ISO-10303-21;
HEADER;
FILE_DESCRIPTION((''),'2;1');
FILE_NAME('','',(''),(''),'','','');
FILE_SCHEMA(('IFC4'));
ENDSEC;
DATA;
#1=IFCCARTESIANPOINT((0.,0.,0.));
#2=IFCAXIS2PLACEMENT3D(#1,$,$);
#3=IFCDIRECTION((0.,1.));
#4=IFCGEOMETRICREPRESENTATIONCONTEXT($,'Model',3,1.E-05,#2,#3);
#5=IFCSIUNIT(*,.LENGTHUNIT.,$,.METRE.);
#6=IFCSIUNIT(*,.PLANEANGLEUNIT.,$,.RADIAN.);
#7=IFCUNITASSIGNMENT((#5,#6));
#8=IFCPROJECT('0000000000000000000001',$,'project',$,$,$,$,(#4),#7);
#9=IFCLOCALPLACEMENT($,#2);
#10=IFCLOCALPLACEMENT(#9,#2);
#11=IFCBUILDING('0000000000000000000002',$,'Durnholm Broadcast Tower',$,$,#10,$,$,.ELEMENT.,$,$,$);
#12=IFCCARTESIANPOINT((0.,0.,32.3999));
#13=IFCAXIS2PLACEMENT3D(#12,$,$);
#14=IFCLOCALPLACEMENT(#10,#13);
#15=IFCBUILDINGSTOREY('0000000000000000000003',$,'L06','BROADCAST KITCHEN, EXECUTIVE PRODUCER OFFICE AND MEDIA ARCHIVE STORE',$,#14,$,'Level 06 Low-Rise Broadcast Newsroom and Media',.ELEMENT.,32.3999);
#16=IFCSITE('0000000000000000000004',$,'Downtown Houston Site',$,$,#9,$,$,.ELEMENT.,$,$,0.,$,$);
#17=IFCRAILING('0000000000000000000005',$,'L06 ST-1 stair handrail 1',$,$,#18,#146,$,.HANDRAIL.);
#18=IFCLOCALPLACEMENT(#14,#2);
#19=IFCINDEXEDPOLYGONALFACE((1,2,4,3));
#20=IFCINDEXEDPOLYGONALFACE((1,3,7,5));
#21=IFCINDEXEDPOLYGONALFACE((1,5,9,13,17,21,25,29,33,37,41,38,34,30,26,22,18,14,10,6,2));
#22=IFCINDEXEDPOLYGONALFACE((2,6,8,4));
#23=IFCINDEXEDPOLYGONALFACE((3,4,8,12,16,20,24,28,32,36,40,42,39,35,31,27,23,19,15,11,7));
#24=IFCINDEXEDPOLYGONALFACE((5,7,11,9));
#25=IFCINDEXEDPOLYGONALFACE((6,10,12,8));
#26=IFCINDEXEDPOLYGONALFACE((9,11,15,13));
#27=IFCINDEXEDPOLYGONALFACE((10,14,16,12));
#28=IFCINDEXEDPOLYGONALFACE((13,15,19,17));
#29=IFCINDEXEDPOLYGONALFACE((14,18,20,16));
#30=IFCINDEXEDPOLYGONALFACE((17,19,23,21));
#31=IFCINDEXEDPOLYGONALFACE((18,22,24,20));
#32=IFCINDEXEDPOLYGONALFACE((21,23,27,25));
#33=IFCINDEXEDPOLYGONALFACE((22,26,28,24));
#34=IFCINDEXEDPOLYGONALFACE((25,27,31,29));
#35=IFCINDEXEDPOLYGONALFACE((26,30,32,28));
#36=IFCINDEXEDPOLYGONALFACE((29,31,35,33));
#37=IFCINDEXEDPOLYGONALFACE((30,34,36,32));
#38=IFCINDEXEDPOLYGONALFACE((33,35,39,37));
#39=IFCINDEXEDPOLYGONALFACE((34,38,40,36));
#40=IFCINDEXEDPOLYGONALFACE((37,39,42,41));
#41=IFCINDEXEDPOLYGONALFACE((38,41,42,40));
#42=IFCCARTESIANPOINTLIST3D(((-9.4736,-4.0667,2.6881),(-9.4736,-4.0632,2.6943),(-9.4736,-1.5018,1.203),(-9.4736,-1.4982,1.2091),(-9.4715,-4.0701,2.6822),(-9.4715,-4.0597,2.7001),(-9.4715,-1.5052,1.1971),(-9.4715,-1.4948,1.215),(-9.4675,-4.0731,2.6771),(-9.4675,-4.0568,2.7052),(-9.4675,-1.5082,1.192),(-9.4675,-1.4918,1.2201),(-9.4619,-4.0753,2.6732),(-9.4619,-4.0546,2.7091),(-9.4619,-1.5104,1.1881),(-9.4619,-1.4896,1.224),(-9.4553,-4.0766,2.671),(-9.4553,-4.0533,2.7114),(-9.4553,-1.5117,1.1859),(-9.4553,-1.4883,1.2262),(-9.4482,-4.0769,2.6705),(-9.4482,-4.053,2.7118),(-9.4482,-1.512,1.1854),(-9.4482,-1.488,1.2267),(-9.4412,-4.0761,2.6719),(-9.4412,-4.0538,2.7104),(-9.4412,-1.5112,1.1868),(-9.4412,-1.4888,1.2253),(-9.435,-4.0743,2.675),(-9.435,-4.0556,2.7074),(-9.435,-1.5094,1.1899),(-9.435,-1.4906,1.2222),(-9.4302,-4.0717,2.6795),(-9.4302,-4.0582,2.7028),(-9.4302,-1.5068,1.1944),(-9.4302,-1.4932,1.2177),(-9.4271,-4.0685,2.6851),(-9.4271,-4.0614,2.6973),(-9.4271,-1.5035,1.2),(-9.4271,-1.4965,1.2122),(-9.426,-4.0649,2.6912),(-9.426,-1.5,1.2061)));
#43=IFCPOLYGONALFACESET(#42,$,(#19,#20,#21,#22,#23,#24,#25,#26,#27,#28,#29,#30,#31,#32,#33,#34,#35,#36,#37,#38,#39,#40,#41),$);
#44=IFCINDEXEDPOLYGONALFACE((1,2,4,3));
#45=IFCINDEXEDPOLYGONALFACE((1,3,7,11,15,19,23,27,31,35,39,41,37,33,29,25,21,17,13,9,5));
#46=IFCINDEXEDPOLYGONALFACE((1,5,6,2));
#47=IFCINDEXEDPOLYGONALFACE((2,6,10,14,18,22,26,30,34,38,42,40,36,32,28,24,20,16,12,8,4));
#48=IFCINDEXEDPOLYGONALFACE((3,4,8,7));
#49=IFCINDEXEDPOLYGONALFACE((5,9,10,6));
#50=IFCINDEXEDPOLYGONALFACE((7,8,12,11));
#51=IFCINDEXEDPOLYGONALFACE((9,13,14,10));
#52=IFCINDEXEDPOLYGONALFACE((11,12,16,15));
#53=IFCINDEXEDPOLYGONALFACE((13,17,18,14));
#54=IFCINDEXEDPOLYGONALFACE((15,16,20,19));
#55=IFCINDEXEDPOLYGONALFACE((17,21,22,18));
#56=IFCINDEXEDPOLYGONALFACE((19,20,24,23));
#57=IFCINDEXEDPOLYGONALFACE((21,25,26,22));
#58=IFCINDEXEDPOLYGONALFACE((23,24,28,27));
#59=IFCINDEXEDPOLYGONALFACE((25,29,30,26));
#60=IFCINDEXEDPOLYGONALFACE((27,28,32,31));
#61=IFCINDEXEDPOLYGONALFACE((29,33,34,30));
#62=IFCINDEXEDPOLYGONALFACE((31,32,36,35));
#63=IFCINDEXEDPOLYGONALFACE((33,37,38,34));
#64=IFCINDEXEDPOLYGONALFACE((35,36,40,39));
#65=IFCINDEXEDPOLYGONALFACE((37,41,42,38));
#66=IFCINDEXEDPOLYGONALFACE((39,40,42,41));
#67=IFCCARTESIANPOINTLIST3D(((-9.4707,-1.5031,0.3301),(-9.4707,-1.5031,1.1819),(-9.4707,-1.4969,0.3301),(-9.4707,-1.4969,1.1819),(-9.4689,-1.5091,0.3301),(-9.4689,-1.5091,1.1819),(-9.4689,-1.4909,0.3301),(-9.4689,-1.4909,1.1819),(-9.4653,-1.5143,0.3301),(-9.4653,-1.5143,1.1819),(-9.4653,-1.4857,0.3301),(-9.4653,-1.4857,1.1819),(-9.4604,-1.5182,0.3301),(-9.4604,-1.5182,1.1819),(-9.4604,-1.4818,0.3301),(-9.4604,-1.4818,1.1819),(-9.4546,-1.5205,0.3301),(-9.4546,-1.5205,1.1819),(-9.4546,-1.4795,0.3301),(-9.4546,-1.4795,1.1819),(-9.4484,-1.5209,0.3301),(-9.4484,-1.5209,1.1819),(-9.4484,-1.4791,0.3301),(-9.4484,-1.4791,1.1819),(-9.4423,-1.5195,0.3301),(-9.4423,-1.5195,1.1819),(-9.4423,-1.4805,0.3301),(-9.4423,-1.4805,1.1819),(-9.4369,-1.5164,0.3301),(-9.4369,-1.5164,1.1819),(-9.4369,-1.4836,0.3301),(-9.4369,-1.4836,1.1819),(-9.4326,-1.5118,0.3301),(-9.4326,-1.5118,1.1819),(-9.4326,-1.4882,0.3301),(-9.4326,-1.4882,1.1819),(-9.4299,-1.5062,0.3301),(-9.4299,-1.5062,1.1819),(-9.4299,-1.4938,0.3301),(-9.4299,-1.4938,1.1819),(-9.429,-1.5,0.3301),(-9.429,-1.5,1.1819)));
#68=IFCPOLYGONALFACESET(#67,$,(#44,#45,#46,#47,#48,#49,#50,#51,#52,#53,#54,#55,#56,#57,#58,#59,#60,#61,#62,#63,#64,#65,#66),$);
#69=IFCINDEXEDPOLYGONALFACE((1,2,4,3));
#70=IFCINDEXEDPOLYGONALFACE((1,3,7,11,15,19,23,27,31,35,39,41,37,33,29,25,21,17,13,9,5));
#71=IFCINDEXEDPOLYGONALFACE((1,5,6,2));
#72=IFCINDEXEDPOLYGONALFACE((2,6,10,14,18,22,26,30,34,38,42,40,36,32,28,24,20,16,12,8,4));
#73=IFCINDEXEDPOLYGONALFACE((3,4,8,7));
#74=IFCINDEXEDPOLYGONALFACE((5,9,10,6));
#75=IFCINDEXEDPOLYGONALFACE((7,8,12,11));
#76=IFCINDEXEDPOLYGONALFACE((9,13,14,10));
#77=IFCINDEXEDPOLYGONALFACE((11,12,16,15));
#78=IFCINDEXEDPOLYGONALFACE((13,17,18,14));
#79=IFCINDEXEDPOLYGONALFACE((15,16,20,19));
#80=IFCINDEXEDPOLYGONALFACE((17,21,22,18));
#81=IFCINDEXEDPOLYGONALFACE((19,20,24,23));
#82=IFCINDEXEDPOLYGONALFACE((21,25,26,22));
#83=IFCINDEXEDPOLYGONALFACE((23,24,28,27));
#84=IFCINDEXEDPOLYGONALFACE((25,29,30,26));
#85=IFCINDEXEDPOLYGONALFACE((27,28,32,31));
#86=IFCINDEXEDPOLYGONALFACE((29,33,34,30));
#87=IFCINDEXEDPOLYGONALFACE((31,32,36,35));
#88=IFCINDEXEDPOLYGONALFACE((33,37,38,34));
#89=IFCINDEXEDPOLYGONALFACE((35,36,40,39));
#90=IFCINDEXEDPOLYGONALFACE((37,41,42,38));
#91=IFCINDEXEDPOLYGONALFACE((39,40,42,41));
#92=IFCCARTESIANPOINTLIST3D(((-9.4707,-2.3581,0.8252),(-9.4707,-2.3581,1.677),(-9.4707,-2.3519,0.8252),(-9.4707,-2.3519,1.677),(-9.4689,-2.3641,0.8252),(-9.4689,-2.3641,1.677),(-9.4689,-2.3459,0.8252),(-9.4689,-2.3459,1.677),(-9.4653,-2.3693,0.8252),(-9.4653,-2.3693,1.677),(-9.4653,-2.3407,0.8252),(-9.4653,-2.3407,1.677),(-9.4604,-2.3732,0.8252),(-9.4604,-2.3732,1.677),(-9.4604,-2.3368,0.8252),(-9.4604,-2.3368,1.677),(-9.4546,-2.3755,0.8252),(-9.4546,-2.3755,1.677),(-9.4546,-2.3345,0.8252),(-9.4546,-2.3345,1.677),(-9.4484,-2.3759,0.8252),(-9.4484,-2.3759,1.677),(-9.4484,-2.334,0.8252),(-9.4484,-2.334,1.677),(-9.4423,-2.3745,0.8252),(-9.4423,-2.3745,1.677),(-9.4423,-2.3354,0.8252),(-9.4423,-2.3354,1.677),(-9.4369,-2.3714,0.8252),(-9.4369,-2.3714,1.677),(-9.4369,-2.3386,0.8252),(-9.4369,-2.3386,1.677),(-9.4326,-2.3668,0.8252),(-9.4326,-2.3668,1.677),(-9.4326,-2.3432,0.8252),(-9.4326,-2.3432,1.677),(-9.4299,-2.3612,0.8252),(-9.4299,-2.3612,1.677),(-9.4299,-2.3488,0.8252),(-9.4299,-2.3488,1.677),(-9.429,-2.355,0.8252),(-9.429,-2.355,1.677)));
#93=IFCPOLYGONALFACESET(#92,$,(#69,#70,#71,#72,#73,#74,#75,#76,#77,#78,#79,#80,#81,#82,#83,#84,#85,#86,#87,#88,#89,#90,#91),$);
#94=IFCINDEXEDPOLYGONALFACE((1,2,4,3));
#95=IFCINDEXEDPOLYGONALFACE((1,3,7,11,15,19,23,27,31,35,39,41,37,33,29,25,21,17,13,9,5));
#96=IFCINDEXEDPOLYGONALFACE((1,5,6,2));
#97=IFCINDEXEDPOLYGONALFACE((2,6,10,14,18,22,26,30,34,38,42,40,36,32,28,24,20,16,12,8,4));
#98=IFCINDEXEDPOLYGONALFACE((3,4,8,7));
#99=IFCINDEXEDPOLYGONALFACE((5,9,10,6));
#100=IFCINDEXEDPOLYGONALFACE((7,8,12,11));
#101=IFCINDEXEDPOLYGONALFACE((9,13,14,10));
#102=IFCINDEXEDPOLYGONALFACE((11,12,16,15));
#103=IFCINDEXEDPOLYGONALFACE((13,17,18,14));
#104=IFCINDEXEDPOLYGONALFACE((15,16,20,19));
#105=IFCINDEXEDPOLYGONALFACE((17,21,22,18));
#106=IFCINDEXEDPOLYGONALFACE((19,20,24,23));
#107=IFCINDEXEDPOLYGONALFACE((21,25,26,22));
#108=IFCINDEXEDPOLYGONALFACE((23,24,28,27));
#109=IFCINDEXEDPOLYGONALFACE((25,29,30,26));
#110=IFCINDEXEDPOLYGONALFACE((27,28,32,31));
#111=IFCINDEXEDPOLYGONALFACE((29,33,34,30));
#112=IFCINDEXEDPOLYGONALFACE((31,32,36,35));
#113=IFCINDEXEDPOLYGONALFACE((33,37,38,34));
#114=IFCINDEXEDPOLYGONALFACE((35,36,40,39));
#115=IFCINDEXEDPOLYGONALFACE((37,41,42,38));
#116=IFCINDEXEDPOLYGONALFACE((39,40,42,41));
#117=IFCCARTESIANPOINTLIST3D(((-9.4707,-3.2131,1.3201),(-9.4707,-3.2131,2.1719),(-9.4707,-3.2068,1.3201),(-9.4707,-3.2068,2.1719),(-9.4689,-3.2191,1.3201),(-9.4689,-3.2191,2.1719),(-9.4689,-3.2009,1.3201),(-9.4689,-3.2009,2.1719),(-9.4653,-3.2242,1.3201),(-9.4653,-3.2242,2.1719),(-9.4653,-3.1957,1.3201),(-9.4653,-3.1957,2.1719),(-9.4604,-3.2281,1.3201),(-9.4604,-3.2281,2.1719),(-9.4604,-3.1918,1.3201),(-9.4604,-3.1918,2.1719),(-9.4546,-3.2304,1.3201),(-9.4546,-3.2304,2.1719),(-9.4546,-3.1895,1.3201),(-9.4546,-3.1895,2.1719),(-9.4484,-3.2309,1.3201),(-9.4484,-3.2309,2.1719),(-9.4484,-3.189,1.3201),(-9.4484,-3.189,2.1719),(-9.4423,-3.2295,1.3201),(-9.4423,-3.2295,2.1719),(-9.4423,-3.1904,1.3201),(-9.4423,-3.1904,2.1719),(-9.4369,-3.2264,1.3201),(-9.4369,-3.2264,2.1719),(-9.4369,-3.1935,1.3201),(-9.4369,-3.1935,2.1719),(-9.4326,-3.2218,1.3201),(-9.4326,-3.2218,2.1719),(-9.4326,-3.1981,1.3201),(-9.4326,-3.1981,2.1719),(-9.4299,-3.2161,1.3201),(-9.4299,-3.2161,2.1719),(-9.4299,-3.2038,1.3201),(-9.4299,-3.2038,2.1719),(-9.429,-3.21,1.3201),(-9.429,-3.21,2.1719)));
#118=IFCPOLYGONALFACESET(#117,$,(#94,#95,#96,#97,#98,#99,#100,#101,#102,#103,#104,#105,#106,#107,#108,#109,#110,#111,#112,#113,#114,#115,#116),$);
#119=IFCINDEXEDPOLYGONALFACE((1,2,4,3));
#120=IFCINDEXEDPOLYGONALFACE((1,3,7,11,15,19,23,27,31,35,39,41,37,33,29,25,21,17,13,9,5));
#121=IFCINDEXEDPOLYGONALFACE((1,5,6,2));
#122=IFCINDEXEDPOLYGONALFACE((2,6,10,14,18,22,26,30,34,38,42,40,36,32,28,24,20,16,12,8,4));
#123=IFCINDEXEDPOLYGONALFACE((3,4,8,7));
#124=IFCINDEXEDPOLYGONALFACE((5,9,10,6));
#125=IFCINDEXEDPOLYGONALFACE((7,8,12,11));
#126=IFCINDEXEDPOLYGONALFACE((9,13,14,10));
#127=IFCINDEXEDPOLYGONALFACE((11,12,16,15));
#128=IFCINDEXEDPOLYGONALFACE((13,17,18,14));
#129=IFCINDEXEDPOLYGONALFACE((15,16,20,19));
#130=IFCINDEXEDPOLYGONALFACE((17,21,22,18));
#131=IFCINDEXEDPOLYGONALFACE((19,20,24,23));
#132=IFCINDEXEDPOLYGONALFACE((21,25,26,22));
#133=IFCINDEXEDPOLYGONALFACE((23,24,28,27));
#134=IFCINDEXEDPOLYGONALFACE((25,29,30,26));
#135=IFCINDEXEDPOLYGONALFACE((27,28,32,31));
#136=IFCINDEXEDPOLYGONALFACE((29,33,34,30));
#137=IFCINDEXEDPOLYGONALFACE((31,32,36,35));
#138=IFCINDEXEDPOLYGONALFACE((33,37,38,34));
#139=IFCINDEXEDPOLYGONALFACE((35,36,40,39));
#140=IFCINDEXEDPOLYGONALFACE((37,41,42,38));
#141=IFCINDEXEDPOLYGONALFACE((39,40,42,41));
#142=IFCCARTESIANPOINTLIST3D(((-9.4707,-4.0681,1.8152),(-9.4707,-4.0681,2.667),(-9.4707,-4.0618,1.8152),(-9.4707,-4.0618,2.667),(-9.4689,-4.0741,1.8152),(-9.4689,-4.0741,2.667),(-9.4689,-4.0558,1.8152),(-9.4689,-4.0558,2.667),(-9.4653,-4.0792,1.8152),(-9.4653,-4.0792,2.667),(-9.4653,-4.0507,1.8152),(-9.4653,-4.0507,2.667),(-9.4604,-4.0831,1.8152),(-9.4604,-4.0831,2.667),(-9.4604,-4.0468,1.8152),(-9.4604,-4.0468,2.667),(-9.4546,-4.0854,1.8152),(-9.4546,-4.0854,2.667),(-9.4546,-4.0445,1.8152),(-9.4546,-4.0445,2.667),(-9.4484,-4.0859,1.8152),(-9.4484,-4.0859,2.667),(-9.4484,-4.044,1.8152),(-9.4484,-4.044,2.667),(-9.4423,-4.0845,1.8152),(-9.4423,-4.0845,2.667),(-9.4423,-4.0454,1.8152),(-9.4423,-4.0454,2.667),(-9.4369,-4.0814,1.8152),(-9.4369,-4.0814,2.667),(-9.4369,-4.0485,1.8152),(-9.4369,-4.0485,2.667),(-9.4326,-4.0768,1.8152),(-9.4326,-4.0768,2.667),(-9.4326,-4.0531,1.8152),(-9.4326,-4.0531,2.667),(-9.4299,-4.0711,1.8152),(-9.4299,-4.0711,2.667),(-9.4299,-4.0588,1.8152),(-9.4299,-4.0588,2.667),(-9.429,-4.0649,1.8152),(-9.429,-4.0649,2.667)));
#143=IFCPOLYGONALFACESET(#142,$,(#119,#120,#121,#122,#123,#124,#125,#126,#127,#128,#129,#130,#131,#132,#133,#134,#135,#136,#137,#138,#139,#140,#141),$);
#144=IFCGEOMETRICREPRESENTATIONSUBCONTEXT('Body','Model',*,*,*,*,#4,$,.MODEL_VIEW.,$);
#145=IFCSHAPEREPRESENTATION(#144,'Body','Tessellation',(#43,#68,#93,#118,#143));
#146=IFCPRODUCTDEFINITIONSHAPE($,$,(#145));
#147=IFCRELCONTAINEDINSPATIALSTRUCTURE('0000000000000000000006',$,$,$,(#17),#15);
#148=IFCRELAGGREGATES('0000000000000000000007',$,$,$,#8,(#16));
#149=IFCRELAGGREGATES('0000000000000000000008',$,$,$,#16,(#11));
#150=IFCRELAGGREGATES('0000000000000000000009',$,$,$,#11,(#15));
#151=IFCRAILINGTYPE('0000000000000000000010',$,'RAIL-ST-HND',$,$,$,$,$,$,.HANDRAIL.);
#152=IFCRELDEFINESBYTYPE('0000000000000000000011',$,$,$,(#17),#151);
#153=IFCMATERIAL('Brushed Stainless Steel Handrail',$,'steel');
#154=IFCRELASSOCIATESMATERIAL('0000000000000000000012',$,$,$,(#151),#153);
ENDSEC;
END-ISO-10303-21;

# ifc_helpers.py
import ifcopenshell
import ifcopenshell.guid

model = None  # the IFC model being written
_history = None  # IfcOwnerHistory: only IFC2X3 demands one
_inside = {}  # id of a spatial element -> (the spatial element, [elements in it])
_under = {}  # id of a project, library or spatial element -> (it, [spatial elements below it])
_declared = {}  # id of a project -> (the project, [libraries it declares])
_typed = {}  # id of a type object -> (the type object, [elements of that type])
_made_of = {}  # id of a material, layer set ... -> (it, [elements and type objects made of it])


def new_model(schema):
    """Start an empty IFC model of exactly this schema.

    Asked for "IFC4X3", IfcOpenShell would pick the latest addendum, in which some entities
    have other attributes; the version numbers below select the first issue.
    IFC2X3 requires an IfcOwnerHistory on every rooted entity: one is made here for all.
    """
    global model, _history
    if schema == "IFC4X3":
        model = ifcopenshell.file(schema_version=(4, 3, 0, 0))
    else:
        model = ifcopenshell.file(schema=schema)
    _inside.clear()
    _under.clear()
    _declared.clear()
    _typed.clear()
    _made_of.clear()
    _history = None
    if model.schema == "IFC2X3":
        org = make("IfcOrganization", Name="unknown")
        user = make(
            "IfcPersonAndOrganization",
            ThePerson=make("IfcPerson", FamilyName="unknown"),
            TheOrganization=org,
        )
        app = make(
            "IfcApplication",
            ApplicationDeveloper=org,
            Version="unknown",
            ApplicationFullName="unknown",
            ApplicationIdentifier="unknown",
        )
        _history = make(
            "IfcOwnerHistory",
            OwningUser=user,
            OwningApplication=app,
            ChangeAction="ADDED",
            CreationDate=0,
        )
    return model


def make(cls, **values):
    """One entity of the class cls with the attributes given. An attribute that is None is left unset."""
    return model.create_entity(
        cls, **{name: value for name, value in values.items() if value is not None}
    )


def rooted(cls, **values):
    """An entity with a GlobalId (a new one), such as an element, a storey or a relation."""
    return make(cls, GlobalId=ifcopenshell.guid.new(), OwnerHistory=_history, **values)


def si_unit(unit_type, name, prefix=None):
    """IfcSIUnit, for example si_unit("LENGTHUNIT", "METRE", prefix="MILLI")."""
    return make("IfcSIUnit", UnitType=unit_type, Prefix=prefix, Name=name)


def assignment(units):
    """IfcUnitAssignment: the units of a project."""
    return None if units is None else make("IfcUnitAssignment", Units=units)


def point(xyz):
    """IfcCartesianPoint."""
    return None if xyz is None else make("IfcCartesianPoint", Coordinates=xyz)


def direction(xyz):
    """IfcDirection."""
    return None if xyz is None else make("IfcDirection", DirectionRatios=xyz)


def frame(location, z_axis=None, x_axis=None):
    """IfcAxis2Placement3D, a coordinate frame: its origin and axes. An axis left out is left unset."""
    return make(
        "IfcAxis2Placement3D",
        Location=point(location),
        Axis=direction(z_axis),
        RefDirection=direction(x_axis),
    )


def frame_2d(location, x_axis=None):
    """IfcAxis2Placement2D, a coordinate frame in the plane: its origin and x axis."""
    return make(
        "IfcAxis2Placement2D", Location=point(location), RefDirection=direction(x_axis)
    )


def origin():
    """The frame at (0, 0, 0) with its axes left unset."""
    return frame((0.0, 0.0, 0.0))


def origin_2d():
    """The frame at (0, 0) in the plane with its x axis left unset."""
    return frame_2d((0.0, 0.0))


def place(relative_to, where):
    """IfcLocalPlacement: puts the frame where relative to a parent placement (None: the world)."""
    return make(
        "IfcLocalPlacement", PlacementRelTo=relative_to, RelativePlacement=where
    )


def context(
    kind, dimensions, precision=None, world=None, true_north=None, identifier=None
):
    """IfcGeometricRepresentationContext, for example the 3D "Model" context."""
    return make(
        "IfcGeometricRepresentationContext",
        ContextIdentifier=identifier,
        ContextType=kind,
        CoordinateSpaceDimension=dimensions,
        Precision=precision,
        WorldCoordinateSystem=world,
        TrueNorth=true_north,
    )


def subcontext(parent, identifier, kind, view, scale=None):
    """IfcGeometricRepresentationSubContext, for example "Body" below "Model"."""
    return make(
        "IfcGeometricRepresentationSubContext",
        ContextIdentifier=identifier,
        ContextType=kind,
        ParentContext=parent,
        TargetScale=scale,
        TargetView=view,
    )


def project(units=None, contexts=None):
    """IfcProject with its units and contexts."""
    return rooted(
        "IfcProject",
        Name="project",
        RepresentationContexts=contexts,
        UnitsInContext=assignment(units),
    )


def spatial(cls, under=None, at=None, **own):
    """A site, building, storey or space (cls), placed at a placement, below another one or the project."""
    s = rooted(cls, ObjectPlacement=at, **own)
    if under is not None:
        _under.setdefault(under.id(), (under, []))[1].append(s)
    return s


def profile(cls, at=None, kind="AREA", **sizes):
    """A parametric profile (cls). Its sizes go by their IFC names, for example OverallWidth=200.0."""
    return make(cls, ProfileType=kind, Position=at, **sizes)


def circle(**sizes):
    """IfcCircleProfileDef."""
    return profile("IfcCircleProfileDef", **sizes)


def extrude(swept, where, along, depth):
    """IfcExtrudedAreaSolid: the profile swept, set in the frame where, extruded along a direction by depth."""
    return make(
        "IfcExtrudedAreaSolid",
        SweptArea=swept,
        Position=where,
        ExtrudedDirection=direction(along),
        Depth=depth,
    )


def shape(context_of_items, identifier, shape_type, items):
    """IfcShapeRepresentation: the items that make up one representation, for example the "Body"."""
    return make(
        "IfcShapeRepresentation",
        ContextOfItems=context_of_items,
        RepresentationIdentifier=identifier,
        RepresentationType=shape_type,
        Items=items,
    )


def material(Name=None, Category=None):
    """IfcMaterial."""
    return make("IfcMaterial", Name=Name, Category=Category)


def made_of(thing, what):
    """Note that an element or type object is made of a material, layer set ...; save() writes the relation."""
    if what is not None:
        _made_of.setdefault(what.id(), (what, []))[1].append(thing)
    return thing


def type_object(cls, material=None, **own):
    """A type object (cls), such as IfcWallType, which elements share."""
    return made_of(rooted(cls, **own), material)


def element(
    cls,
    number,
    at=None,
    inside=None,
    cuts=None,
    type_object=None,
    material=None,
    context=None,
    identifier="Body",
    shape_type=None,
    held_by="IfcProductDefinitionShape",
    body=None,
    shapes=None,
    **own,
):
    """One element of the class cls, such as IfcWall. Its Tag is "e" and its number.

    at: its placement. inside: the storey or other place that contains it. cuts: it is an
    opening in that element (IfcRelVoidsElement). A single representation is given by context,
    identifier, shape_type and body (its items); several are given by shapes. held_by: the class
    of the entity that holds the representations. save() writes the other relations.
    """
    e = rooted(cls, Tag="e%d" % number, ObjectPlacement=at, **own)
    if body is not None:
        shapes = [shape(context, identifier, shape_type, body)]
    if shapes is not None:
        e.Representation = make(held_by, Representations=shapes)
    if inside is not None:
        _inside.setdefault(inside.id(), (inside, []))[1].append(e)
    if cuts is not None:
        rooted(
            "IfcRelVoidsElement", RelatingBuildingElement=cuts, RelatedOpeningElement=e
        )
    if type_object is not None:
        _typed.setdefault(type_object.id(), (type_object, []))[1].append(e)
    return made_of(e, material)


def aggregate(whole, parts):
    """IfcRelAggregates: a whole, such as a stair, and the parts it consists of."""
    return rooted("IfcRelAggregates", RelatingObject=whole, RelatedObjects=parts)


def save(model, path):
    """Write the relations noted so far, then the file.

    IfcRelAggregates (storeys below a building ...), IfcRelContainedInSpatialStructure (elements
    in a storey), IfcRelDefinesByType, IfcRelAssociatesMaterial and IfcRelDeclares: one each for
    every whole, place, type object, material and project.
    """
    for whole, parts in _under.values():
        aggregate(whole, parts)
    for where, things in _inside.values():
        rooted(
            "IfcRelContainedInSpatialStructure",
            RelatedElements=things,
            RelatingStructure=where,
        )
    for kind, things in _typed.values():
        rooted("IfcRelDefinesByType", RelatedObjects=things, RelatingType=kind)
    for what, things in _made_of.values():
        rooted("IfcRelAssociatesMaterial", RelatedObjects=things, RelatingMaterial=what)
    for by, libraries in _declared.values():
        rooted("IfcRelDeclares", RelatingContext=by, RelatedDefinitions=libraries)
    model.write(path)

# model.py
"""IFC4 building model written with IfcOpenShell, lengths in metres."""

from ifc_helpers import new_model, si_unit, direction, frame, origin, origin_2d, place, context, subcontext, project, spatial, circle, extrude, material, type_object, element, save


model = new_model("IFC4")

# Units and contexts
model_context = context("Model", 3, precision=1e-05, world=origin(), true_north=direction((0.0, 1.0)))
body_context = subcontext(model_context, "Body", "Model", "MODEL_VIEW")
ifc_project = project(units=[si_unit("LENGTHUNIT", "METRE"), si_unit("PLANEANGLEUNIT", "RADIAN")], contexts=[model_context])

# Site, building, storey
site_placement = place(None, origin())
site = spatial("IfcSite", under=ifc_project, at=site_placement, Name="Downtown Houston Site", CompositionType="ELEMENT", RefElevation=0.0)
building_placement = place(site_placement, origin())
building = spatial("IfcBuilding", under=site, at=building_placement, Name="Durnholm Broadcast Tower", CompositionType="ELEMENT")
storey_placement = place(building_placement, frame((0.0, 0.0, 32.3999)))
storey = spatial("IfcBuildingStorey", under=building, at=storey_placement, Name="L06", Description="BROADCAST KITCHEN, EXECUTIVE PRODUCER OFFICE AND MEDIA ARCHIVE STORE", LongName="Level 06 Low-Rise Broadcast Newsroom and Media", CompositionType="ELEMENT", Elevation=32.3999)

# Railing
ifc_material_1 = material(Name="Brushed Stainless Steel Handrail", Category="steel")
railing_type_1 = type_object("IfcRailingType", Name="RAIL-ST-HND", PredefinedType="HANDRAIL", material=ifc_material_1)
railing_1_placement = place(storey_placement, frame((-9.45, -1.5, 0.3301)))
element("IfcRailing", 1, at=railing_1_placement, inside=storey, type_object=railing_type_1, Name="L06 ST-1 stair handrail 1", PredefinedType="HANDRAIL", context=body_context, shape_type="SweptSolid", body=[
    extrude(circle(Radius=0.0239, at=origin_2d()), frame((0.0, 0.0, 0.876), z_axis=(0.0, -0.865406, 0.501072), x_axis=(1.0, 0.0, 0.0)), (0.0, 0.0, 1.0), 2.9639),
    extrude(circle(Radius=0.021, at=origin_2d()), origin(), (0.0, 0.0, 1.0), 0.8518),
    extrude(circle(Radius=0.021, at=origin_2d()), frame((0.0, -0.855, 0.4951)), (0.0, 0.0, 1.0), 0.8518),
    extrude(circle(Radius=0.021, at=origin_2d()), frame((0.0, -1.71, 0.99)), (0.0, 0.0, 1.0), 0.8518),
    extrude(circle(Radius=0.021, at=origin_2d()), frame((0.0, -2.5649, 1.4851)), (0.0, 0.0, 1.0), 0.8518),
])

save(model, "model.ifc")
